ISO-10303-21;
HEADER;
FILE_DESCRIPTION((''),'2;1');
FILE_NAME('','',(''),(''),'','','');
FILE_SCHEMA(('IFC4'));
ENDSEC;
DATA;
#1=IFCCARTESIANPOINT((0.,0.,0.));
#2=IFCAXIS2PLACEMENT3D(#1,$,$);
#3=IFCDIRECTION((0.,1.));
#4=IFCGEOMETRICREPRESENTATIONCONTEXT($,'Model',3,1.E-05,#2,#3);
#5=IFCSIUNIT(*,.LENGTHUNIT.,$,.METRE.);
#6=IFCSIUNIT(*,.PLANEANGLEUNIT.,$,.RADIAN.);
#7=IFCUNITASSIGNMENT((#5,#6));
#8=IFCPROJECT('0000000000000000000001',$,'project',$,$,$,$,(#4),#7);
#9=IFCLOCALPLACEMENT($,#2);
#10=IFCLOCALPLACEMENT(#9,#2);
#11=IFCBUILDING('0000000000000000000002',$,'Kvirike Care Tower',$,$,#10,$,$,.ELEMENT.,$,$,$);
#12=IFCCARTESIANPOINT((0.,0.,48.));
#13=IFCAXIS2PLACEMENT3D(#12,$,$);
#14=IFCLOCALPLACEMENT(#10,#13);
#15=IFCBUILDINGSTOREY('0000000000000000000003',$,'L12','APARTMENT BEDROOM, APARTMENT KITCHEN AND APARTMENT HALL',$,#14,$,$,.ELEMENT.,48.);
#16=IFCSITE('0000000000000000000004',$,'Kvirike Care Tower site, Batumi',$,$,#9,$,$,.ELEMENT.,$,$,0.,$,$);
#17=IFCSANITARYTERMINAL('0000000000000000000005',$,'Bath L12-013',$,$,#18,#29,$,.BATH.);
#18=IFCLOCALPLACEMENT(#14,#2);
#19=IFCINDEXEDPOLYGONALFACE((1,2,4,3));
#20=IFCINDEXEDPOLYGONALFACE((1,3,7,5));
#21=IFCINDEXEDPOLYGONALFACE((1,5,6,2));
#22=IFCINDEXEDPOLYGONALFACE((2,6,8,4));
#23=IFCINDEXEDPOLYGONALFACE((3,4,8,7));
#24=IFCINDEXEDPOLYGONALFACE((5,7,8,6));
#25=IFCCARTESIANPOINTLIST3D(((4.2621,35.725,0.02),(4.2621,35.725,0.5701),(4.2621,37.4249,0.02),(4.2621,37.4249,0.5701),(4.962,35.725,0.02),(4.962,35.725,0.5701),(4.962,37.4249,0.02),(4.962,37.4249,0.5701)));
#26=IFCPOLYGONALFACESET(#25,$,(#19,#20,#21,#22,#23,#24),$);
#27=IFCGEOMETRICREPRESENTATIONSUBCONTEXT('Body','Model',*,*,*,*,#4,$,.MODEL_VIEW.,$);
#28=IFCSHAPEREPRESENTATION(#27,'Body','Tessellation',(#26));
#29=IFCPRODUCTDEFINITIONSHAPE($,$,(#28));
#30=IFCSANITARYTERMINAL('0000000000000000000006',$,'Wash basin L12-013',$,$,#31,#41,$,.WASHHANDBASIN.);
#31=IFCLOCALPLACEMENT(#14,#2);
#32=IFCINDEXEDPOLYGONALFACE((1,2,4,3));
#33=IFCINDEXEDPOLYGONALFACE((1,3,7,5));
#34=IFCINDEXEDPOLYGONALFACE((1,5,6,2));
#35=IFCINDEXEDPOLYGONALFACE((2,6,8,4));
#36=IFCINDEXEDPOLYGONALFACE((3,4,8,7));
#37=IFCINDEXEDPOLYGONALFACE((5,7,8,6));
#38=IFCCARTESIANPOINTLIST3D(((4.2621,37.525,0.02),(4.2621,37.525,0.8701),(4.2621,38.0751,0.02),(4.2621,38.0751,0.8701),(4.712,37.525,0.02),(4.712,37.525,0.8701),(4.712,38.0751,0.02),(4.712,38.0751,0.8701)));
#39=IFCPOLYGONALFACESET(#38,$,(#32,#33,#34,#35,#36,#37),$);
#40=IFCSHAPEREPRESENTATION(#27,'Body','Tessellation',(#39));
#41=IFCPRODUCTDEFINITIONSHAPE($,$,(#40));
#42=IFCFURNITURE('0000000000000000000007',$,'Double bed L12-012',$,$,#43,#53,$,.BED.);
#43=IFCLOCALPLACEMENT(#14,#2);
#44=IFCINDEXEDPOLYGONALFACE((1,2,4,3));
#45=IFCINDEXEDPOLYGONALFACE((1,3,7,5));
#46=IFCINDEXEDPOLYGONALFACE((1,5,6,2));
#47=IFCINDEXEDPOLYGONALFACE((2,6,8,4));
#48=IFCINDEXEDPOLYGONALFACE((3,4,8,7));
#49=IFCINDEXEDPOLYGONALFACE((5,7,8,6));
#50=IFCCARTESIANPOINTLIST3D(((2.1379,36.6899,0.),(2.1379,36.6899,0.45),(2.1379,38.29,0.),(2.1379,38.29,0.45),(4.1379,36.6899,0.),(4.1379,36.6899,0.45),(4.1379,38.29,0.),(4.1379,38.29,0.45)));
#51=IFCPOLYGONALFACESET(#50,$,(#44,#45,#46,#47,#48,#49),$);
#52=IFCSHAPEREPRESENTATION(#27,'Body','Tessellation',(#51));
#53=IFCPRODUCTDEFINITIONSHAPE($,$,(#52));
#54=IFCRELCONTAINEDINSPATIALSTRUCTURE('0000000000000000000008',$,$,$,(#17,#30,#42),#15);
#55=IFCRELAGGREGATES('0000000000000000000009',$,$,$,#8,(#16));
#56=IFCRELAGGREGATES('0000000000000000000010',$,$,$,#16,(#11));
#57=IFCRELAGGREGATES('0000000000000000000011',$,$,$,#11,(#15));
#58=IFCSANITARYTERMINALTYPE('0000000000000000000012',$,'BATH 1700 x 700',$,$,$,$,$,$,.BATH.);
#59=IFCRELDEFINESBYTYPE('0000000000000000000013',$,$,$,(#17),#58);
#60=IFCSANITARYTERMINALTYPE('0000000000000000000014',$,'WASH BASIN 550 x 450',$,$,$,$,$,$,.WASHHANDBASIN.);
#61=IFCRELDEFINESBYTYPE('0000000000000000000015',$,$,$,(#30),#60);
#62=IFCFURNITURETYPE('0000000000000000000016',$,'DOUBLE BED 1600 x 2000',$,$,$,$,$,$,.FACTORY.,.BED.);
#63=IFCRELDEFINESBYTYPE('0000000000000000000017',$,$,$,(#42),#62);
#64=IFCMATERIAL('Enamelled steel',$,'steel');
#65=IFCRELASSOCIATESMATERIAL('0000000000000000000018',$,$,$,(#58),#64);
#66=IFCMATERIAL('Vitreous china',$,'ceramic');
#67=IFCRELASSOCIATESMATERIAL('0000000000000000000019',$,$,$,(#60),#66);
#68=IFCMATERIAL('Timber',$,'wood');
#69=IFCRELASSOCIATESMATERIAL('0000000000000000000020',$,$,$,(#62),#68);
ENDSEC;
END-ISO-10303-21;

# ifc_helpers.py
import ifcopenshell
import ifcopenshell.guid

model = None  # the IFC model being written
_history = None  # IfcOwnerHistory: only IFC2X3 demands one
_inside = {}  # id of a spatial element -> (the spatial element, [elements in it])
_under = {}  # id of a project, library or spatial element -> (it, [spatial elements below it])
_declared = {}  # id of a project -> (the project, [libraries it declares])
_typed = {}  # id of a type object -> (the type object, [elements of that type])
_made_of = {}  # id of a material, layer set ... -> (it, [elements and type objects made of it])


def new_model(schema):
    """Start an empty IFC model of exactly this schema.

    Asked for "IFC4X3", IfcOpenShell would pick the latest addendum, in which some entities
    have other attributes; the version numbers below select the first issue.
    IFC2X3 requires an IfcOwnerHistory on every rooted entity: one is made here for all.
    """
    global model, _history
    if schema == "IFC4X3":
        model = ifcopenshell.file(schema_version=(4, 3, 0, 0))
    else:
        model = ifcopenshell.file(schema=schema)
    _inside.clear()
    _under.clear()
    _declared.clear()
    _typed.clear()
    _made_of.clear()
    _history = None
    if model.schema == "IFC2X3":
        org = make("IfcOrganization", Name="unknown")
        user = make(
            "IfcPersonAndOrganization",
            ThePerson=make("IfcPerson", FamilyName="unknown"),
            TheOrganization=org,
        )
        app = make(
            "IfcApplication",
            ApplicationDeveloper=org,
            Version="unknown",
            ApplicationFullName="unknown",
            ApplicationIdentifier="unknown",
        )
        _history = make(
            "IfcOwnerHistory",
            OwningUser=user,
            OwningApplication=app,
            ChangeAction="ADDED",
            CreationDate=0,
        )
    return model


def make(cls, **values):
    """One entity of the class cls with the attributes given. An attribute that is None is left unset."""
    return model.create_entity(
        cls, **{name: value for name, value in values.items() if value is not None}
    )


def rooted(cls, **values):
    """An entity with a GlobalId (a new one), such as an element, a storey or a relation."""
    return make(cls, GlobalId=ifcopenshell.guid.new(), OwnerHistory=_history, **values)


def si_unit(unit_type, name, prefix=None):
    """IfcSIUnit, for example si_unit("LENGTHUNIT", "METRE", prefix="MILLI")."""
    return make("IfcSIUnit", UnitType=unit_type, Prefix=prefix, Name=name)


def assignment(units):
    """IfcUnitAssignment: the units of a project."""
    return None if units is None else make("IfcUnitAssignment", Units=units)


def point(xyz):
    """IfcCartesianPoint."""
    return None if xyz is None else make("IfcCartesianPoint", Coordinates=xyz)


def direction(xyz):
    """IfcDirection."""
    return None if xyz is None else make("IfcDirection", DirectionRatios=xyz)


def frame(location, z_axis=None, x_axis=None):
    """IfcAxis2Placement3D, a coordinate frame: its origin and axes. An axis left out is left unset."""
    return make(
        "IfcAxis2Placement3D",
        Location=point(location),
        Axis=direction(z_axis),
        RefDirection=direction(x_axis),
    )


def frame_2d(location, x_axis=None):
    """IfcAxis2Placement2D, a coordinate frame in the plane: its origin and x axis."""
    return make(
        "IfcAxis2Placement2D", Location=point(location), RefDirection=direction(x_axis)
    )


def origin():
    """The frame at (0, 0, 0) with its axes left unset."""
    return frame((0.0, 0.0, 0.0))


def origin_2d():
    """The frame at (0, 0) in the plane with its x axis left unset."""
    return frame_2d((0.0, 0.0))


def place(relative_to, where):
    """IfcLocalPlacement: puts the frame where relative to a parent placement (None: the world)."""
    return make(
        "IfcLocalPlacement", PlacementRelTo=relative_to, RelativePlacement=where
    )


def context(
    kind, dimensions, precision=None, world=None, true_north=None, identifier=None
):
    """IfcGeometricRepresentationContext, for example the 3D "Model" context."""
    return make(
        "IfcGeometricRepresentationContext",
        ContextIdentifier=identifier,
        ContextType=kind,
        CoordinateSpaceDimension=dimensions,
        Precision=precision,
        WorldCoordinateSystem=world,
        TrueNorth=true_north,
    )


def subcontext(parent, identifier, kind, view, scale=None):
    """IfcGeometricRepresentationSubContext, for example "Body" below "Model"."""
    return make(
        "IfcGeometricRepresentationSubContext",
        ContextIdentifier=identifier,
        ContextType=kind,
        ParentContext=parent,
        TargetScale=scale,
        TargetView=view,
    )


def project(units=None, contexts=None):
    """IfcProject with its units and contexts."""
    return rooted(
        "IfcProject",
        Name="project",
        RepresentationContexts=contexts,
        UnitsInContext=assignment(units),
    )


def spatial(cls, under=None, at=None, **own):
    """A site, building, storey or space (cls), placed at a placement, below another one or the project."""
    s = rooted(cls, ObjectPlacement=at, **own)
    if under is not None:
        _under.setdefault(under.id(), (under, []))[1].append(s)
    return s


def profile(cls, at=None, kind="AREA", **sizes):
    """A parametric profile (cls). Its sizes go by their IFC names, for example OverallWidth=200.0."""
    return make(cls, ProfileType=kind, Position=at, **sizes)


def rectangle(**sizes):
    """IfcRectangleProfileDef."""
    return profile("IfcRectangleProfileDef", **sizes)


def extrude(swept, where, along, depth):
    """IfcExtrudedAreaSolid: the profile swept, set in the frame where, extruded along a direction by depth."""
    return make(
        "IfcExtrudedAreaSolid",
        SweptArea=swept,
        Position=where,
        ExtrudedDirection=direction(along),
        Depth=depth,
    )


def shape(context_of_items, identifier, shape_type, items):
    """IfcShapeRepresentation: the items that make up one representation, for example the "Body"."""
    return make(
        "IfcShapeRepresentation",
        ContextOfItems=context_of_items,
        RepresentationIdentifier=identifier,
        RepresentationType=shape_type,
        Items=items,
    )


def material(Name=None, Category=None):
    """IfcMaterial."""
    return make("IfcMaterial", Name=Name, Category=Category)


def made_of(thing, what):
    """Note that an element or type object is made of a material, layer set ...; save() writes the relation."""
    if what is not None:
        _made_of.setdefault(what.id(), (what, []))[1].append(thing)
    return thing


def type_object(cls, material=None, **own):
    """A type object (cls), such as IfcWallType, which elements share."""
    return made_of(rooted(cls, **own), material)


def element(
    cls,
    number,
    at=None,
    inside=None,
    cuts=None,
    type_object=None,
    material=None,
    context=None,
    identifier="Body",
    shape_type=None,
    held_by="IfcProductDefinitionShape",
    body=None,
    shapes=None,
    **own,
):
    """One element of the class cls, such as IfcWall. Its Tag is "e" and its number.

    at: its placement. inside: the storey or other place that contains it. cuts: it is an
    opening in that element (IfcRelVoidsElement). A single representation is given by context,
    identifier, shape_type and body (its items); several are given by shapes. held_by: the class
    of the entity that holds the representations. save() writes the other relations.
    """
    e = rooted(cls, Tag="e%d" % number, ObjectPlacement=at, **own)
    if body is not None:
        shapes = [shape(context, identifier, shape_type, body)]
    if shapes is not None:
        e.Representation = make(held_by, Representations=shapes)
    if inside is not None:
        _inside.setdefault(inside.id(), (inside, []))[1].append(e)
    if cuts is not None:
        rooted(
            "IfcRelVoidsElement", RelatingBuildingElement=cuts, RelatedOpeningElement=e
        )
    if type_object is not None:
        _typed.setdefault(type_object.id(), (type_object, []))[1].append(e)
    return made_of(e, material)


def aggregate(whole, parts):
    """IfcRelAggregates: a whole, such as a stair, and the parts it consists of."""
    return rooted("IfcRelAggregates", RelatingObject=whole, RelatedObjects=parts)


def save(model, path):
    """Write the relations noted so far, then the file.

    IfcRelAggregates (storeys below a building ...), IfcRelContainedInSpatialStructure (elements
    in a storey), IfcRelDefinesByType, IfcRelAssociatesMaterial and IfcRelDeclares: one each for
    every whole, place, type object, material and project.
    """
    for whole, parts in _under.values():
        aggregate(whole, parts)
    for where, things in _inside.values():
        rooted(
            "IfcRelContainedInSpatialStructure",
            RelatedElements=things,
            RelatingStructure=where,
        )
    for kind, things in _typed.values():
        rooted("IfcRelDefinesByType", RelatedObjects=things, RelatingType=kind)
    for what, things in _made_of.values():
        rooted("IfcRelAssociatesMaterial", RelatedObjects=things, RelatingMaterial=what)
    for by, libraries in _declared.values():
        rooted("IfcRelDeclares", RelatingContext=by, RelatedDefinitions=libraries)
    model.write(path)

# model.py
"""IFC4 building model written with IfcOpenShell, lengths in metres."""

from ifc_helpers import new_model, si_unit, direction, frame, origin, origin_2d, place, context, subcontext, project, spatial, rectangle, extrude, material, type_object, element, save


model = new_model("IFC4")

# Units and contexts
model_context = context("Model", 3, precision=1e-05, world=origin(), true_north=direction((0.0, 1.0)))
body_context = subcontext(model_context, "Body", "Model", "MODEL_VIEW")
ifc_project = project(units=[si_unit("LENGTHUNIT", "METRE"), si_unit("PLANEANGLEUNIT", "RADIAN")], contexts=[model_context])

# Site, building, storey
site_placement = place(None, origin())
site = spatial("IfcSite", under=ifc_project, at=site_placement, Name="Kvirike Care Tower site, Batumi", CompositionType="ELEMENT", RefElevation=0.0)
building_placement = place(site_placement, origin())
building = spatial("IfcBuilding", under=site, at=building_placement, Name="Kvirike Care Tower", CompositionType="ELEMENT")
storey_placement = place(building_placement, frame((0.0, 0.0, 48.0)))
storey = spatial("IfcBuildingStorey", under=building, at=storey_placement, Name="L12", Description="APARTMENT BEDROOM, APARTMENT KITCHEN AND APARTMENT HALL", CompositionType="ELEMENT", Elevation=48.0)

# Sanitary terminals
ifc_material_1 = material(Name="Enamelled steel", Category="steel")
sanitary_terminal_type_1 = type_object("IfcSanitaryTerminalType", Name="BATH 1700 x 700", PredefinedType="BATH", material=ifc_material_1)
sanitary_terminal_1_placement = place(storey_placement, frame((4.6121, 36.575, 0.02), z_axis=(0.0, 0.0, 1.0), x_axis=(0.0, 1.0, 0.0)))
element("IfcSanitaryTerminal", 1, at=sanitary_terminal_1_placement, inside=storey, type_object=sanitary_terminal_type_1, Name="Bath L12-013", PredefinedType="BATH", context=body_context, shape_type="SweptSolid", body=[
    extrude(rectangle(XDim=1.7, YDim=0.7, at=origin_2d()), origin(), (0.0, 0.0, 1.0), 0.55),
])
ifc_material_2 = material(Name="Vitreous china", Category="ceramic")
sanitary_terminal_type_2 = type_object("IfcSanitaryTerminalType", Name="WASH BASIN 550 x 450", PredefinedType="WASHHANDBASIN", material=ifc_material_2)
sanitary_terminal_2_placement = place(storey_placement, frame((4.4871, 37.8, 0.02), z_axis=(0.0, 0.0, 1.0), x_axis=(0.0, 1.0, 0.0)))
element("IfcSanitaryTerminal", 2, at=sanitary_terminal_2_placement, inside=storey, type_object=sanitary_terminal_type_2, Name="Wash basin L12-013", PredefinedType="WASHHANDBASIN", context=body_context, shape_type="SweptSolid", body=[
    extrude(rectangle(XDim=0.55, YDim=0.45, at=origin_2d()), origin(), (0.0, 0.0, 1.0), 0.8501),
])

# Furniture
ifc_material_3 = material(Name="Timber", Category="wood")
furniture_type = type_object("IfcFurnitureType", Name="DOUBLE BED 1600 x 2000", AssemblyPlace="FACTORY", PredefinedType="BED", material=ifc_material_3)
furniture_placement = place(storey_placement, frame((3.1379, 37.49, 0.0), z_axis=(0.0, 0.0, 1.0), x_axis=(0.0, -1.0, 0.0)))
element("IfcFurniture", 3, at=furniture_placement, inside=storey, type_object=furniture_type, Name="Double bed L12-012", PredefinedType="BED", context=body_context, shape_type="SweptSolid", body=[
    extrude(rectangle(XDim=1.6001, YDim=2.0, at=origin_2d()), origin(), (0.0, 0.0, 1.0), 0.45),
])

save(model, "model.ifc")
